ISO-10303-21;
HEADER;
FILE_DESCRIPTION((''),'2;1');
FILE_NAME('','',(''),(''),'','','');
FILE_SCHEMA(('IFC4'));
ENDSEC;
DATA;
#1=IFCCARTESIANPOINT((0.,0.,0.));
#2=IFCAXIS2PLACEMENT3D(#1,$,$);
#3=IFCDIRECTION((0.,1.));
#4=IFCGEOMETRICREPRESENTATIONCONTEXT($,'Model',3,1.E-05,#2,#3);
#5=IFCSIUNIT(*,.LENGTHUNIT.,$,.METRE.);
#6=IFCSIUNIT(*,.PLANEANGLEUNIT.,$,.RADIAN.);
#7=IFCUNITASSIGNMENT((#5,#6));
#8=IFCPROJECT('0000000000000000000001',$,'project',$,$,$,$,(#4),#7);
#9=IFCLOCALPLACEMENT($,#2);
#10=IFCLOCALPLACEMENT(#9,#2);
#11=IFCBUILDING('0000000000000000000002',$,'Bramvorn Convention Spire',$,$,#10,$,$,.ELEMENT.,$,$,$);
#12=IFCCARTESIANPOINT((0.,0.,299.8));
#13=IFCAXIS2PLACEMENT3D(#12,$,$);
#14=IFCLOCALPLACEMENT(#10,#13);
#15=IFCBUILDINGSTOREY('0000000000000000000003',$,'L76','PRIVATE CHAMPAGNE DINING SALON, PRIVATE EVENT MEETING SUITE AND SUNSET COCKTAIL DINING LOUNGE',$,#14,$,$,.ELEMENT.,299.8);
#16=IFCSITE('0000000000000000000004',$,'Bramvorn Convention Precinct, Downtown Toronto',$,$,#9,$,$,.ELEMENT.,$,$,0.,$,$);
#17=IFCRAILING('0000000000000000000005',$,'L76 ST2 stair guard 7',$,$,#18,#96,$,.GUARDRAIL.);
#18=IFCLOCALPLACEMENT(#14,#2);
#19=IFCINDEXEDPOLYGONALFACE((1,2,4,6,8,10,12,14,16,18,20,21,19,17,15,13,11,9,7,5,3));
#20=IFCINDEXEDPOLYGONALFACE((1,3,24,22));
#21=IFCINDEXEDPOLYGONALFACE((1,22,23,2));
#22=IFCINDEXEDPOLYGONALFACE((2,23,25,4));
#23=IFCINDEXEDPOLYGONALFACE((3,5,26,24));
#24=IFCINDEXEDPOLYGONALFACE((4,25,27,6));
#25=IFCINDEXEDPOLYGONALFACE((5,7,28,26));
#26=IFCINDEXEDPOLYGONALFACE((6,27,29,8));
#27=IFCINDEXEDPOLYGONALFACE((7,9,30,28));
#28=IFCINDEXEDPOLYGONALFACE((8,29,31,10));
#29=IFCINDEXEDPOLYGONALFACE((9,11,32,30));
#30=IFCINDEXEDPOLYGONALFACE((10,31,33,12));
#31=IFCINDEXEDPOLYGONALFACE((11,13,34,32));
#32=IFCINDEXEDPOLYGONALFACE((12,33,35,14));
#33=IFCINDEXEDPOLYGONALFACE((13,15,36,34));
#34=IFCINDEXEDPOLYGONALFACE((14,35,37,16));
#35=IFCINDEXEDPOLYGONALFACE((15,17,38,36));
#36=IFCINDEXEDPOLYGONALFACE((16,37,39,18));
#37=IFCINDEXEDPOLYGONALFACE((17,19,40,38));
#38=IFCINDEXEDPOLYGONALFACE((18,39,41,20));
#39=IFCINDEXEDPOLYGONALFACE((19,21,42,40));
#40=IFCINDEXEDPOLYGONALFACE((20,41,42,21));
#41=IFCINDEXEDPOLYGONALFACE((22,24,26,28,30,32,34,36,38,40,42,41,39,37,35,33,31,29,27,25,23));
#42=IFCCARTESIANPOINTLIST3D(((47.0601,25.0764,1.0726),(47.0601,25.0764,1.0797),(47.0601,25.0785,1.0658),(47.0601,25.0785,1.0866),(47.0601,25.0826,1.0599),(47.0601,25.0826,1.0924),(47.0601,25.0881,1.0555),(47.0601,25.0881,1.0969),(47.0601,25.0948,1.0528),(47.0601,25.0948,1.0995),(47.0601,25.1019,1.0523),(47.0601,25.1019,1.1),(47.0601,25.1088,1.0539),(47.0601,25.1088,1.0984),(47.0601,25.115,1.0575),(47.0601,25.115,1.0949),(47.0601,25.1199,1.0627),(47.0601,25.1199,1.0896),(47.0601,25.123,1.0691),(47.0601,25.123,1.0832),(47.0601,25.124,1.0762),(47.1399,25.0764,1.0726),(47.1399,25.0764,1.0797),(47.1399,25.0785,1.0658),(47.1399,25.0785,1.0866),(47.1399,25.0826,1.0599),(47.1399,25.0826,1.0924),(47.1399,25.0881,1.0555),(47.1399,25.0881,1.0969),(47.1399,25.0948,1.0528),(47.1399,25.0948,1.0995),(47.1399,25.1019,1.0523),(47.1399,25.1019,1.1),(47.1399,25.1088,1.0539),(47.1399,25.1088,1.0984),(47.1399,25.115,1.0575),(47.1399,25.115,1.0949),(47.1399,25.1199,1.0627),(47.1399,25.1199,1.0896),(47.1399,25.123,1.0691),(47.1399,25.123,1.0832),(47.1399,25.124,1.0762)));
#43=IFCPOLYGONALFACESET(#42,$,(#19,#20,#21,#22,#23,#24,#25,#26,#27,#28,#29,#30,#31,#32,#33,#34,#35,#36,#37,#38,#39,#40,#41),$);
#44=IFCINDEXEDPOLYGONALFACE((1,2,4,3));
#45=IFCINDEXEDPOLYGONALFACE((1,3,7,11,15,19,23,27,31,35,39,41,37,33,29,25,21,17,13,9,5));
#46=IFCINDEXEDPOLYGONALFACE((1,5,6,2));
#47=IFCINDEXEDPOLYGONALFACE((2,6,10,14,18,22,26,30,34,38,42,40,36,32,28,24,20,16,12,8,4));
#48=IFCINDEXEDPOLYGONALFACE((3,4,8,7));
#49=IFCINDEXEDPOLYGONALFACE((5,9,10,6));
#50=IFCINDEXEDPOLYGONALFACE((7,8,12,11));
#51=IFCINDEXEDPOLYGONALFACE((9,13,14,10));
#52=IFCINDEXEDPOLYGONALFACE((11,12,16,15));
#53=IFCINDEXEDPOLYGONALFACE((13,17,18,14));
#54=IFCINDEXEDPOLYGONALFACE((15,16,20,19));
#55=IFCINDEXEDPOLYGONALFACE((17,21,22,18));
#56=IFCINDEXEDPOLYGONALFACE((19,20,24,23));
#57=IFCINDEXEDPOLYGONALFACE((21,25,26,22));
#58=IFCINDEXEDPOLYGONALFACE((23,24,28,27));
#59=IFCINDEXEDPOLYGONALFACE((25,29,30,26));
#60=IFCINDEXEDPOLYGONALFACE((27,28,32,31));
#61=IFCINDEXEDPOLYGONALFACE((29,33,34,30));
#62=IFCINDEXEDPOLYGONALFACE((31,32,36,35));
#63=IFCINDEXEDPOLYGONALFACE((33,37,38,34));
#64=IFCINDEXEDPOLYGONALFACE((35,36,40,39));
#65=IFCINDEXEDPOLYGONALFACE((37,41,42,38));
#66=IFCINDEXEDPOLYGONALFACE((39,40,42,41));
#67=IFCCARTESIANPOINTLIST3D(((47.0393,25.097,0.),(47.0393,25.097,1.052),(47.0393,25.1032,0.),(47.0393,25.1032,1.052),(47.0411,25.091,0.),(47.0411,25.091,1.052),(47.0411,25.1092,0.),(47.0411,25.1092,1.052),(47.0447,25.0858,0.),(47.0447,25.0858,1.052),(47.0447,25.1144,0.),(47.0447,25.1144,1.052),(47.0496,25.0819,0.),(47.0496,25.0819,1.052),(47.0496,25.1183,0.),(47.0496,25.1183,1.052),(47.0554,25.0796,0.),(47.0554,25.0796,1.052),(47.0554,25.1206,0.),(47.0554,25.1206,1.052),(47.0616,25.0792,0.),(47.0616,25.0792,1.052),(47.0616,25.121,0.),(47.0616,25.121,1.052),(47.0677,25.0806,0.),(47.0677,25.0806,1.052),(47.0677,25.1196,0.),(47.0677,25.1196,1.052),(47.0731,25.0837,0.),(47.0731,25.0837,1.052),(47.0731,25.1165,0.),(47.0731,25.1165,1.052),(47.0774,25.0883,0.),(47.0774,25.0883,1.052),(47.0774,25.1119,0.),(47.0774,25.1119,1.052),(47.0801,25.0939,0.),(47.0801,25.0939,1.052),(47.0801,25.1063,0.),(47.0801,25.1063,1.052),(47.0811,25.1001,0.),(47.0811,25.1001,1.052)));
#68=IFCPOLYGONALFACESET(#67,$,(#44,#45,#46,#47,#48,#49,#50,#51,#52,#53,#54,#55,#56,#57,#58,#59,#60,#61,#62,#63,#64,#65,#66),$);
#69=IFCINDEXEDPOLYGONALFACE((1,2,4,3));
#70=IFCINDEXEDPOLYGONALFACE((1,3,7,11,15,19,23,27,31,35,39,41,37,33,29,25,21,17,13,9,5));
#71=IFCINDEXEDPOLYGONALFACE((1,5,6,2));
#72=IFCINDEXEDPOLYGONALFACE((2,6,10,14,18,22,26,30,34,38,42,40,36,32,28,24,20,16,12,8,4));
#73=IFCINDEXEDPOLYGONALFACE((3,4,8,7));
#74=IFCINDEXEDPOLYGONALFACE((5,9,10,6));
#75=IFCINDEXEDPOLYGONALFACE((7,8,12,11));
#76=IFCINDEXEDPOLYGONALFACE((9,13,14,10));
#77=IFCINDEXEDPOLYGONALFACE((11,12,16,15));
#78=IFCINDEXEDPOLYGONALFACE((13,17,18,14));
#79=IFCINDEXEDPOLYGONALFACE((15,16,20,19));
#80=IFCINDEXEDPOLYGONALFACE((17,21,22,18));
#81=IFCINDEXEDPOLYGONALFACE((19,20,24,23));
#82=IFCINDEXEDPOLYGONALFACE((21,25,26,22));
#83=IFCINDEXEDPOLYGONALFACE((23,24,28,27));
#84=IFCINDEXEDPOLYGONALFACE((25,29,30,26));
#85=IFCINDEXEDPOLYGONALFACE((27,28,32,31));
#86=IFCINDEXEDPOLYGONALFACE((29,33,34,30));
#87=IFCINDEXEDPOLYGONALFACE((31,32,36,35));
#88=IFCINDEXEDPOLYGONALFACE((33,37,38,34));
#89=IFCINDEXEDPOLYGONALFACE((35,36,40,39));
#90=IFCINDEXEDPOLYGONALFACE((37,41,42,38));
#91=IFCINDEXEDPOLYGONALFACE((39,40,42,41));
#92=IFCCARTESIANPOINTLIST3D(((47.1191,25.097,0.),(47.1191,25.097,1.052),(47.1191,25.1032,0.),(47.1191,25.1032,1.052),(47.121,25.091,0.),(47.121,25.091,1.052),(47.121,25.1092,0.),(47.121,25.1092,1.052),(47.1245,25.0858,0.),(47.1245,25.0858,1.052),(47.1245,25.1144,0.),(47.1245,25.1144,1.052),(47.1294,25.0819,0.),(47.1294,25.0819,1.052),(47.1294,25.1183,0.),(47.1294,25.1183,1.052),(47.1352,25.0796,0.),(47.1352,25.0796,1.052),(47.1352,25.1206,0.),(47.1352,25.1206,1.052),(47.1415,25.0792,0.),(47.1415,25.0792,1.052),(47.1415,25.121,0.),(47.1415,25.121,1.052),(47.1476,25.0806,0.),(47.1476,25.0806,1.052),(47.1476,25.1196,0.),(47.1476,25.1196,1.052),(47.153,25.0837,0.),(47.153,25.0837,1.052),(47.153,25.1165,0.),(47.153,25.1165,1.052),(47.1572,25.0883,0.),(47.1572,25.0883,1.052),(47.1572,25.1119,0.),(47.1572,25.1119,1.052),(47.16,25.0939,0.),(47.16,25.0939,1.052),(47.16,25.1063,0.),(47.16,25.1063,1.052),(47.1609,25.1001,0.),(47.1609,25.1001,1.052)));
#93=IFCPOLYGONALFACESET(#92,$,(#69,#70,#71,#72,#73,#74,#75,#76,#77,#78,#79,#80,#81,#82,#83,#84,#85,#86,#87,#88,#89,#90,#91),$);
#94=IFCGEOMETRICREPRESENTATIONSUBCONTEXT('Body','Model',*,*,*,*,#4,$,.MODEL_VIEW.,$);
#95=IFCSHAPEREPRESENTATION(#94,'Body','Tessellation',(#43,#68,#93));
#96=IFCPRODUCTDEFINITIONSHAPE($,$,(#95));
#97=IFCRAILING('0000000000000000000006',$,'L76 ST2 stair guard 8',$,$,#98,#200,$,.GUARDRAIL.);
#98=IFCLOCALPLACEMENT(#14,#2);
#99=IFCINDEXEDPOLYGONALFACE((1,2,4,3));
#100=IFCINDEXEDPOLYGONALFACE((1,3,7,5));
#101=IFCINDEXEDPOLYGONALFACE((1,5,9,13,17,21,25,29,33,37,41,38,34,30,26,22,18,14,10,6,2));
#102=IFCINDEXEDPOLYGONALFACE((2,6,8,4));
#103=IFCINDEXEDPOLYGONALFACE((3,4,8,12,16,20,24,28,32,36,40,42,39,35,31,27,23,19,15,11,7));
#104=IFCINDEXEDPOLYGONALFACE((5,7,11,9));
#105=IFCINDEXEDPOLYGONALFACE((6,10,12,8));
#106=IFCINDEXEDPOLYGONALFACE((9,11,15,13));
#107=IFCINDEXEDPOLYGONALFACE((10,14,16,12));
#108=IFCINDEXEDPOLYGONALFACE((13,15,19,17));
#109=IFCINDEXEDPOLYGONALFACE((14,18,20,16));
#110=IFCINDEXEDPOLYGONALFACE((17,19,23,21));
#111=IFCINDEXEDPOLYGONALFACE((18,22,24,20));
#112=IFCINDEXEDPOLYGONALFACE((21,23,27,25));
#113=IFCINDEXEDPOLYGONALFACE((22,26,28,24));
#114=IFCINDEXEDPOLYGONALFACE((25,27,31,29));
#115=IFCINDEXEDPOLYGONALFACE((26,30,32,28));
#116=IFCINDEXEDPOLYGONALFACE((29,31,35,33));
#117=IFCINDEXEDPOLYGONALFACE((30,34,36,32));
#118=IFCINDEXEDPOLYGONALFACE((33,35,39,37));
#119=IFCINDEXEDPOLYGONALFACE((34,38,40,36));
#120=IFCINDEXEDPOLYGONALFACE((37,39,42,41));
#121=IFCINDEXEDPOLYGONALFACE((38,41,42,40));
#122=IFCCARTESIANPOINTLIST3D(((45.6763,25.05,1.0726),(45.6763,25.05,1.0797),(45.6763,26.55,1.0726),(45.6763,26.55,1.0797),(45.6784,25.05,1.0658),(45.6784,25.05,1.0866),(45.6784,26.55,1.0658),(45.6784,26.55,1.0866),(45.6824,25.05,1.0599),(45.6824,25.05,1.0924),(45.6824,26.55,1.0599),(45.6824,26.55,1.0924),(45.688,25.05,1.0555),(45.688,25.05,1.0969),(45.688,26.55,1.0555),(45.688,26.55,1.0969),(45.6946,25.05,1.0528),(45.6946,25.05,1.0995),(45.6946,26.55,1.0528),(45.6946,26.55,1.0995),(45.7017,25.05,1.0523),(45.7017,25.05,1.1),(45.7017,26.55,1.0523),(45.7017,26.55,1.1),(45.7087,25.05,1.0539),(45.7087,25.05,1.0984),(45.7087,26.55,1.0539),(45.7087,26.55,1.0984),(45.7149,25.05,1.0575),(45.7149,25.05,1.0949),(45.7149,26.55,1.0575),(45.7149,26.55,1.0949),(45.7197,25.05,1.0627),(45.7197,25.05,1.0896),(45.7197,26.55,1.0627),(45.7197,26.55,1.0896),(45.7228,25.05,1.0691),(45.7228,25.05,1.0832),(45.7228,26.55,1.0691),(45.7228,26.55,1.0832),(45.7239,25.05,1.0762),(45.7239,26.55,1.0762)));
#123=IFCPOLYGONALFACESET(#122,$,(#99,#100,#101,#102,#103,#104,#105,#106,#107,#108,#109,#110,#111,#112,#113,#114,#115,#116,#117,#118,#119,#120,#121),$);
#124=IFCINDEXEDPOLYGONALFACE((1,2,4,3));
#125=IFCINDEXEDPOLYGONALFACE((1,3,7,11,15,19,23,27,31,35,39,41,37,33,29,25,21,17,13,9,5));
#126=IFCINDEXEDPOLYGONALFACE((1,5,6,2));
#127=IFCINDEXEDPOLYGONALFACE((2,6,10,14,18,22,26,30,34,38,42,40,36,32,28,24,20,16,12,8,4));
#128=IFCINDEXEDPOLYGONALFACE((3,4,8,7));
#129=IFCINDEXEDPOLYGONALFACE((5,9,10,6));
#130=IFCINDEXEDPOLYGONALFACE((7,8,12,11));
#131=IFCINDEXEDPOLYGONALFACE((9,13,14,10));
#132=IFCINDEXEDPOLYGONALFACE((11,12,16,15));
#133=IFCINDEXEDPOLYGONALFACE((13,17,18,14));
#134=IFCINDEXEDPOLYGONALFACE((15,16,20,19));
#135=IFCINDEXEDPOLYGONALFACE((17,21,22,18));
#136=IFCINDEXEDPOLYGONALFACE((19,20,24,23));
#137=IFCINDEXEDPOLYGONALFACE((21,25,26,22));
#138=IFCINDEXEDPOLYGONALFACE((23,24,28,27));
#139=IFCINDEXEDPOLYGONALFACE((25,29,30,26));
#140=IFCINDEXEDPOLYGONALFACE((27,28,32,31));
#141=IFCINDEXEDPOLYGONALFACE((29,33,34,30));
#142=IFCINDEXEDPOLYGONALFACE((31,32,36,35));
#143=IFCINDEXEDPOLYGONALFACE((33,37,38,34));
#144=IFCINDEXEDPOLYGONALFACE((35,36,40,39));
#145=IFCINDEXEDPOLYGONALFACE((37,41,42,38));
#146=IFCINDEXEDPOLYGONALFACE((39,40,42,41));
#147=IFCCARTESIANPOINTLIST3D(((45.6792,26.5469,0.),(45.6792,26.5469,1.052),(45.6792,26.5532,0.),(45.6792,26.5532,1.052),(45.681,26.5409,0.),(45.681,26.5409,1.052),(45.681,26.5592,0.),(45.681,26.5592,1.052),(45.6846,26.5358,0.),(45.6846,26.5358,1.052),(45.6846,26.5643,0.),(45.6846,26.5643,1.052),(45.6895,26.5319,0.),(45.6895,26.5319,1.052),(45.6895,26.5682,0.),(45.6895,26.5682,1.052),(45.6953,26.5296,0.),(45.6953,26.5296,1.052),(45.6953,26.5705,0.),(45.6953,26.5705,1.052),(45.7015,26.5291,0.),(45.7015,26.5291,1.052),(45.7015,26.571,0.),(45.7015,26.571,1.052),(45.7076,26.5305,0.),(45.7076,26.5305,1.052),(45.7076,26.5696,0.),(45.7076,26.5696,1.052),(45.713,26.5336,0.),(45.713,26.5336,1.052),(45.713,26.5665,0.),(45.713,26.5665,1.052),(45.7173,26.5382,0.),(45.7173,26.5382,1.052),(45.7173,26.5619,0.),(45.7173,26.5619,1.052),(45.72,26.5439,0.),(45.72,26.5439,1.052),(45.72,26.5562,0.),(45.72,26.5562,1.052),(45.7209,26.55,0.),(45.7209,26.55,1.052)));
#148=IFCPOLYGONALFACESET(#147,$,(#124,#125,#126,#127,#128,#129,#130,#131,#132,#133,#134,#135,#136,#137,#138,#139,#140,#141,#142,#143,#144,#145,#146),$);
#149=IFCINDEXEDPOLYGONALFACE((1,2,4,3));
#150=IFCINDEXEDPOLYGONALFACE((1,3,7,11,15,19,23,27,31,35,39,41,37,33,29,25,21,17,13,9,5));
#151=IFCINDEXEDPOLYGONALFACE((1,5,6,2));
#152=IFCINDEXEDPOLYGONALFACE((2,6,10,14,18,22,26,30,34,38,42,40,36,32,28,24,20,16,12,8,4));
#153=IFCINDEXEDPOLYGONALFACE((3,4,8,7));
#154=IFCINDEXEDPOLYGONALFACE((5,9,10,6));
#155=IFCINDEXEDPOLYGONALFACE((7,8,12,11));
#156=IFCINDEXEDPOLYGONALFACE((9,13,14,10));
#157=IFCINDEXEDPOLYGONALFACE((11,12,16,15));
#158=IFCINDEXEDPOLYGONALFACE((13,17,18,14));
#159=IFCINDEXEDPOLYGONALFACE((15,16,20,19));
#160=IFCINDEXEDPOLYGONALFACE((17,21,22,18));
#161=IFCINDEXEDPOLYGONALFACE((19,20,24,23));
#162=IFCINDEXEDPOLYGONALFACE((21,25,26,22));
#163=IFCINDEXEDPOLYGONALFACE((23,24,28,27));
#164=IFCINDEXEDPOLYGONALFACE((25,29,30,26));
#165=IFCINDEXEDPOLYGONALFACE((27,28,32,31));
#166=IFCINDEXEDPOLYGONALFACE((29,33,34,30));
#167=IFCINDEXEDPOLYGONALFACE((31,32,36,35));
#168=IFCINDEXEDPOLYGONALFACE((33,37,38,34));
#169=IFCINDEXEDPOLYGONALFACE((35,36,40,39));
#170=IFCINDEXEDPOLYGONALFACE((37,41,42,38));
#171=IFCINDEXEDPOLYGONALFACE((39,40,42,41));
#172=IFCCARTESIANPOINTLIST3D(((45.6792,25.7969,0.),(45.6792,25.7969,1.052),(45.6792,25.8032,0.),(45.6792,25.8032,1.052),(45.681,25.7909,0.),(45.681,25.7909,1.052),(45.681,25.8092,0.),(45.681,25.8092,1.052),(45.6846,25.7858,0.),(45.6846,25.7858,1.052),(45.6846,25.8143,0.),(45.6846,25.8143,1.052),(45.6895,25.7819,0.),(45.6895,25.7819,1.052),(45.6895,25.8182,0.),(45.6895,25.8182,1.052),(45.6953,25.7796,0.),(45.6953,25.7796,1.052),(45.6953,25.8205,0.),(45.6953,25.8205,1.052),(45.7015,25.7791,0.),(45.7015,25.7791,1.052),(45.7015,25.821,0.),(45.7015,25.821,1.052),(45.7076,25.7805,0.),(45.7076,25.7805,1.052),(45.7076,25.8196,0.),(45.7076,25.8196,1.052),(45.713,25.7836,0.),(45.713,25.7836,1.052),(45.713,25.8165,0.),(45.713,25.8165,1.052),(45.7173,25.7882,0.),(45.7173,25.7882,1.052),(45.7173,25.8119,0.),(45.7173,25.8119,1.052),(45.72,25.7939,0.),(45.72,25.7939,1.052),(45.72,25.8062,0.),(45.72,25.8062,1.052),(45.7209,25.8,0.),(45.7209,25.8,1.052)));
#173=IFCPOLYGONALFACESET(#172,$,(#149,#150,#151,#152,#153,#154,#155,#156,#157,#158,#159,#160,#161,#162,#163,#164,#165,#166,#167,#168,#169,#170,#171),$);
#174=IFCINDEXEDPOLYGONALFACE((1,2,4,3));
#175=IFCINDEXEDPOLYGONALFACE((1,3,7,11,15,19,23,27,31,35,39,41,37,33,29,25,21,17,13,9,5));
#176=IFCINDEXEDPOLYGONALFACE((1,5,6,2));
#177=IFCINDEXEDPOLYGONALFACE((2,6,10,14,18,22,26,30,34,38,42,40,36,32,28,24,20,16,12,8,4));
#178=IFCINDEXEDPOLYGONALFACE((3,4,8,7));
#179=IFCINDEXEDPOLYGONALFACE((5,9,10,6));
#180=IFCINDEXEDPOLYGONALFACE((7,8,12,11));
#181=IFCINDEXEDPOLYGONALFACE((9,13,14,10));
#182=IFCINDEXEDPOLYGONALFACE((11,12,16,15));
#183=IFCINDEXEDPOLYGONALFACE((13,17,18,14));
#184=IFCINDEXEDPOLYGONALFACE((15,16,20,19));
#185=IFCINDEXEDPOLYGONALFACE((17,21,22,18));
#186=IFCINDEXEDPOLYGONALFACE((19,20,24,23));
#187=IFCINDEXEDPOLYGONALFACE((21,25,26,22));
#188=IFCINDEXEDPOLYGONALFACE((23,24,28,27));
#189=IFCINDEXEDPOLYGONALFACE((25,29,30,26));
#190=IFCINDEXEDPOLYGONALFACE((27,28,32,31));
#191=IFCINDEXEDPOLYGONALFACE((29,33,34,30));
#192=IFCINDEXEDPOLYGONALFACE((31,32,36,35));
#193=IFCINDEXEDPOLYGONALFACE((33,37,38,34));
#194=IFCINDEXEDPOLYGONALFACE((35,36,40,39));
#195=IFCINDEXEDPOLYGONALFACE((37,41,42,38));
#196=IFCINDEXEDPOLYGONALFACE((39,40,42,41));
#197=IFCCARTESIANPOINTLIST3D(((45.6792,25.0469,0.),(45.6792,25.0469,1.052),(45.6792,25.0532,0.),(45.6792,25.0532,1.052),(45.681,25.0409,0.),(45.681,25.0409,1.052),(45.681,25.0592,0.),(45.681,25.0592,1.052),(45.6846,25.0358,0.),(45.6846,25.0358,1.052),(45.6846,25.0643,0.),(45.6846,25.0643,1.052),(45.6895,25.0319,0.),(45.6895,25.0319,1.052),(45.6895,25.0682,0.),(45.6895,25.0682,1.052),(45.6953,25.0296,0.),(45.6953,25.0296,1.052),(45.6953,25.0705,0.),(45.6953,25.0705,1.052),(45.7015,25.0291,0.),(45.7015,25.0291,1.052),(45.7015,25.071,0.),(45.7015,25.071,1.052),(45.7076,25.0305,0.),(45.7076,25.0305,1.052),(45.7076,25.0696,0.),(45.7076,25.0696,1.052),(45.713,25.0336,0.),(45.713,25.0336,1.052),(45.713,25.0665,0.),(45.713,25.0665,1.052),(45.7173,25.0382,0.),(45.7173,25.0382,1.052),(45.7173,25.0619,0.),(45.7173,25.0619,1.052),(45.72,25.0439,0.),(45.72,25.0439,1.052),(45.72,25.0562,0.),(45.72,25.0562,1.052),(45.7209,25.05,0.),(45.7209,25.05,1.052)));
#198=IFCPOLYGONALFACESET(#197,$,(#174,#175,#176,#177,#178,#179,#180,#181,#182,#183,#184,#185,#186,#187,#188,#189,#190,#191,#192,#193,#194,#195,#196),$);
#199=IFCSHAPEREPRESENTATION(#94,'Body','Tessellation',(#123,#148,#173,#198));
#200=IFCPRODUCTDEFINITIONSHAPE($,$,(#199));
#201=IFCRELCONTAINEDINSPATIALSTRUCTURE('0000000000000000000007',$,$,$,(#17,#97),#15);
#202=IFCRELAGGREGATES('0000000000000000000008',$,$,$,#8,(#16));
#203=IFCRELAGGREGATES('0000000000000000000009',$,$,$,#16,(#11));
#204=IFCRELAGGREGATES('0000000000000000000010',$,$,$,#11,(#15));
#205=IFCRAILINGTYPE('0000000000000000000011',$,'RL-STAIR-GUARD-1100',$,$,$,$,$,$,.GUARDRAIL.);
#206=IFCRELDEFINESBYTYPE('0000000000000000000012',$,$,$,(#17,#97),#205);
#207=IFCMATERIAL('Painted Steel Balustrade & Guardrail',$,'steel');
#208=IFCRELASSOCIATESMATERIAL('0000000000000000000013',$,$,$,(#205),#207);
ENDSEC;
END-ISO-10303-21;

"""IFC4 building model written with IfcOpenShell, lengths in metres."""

from ifc_helpers import new_model, si_unit, direction, frame, origin, origin_2d, place, context, subcontext, project, spatial, circle, extrude, material, type_object, element, save


model = new_model("IFC4")

# Units and contexts
model_context = context("Model", 3, precision=1e-05, world=origin(), true_north=direction((0.0, 1.0)))
body_context = subcontext(model_context, "Body", "Model", "MODEL_VIEW")
ifc_project = project(units=[si_unit("LENGTHUNIT", "METRE"), si_unit("PLANEANGLEUNIT", "RADIAN")], contexts=[model_context])

# Site, building, storey
site_placement = place(None, origin())
site = spatial("IfcSite", under=ifc_project, at=site_placement, Name="Bramvorn Convention Precinct, Downtown Toronto", CompositionType="ELEMENT", RefElevation=0.0)
building_placement = place(site_placement, origin())
building = spatial("IfcBuilding", under=site, at=building_placement, Name="Bramvorn Convention Spire", CompositionType="ELEMENT")
storey_placement = place(building_placement, frame((0.0, 0.0, 299.8)))
storey = spatial("IfcBuildingStorey", under=building, at=storey_placement, Name="L76", Description="PRIVATE CHAMPAGNE DINING SALON, PRIVATE EVENT MEETING SUITE AND SUNSET COCKTAIL DINING LOUNGE", CompositionType="ELEMENT", Elevation=299.8)

# Railings
ifc_material_1 = material(Name="Painted Steel Balustrade & Guardrail", Category="steel")
railing_type_1 = type_object("IfcRailingType", Name="RL-STAIR-GUARD-1100", PredefinedType="GUARDRAIL", material=ifc_material_1)
railing_1_placement = place(storey_placement, frame((47.0601, 25.1001, 0.0)))
element("IfcRailing", 1, at=railing_1_placement, inside=storey, type_object=railing_type_1, Name="L76 ST2 stair guard 7", PredefinedType="GUARDRAIL", context=body_context, shape_type="SweptSolid", body=[
    extrude(circle(Radius=0.0239, at=origin_2d()), frame((0.0, 0.0, 1.0762), z_axis=(1.0, 0.0, 0.0), x_axis=(0.0, 1.0, 0.0)), (0.0, 0.0, 1.0), 0.0798),
    extrude(circle(Radius=0.021, at=origin_2d()), origin(), (0.0, 0.0, 1.0), 1.052),
    extrude(circle(Radius=0.021, at=origin_2d()), frame((0.0798, 0.0, 0.0)), (0.0, 0.0, 1.0), 1.052),
])
for number, where, name in (
    (2, (45.7, 26.55, 0.0), "L76 ST2 stair guard 8"),
):
    element("IfcRailing", number, at=place(storey_placement, frame(where)), inside=storey, type_object=railing_type_1, Name=name, PredefinedType="GUARDRAIL", context=body_context, shape_type="SweptSolid", body=[
        extrude(circle(Radius=0.0239, at=origin_2d()), frame((0.0, 0.0, 1.0762), z_axis=(0.0, -1.0, 0.0), x_axis=(1.0, 0.0, 0.0)), (0.0, 0.0, 1.0), 1.5),
        extrude(circle(Radius=0.021, at=origin_2d()), origin(), (0.0, 0.0, 1.0), 1.052),
        extrude(circle(Radius=0.021, at=origin_2d()), frame((0.0, -0.75, 0.0)), (0.0, 0.0, 1.0), 1.052),
        extrude(circle(Radius=0.021, at=origin_2d()), frame((0.0, -1.5, 0.0)), (0.0, 0.0, 1.0), 1.052),
    ])

save(model, "model.ifc")
